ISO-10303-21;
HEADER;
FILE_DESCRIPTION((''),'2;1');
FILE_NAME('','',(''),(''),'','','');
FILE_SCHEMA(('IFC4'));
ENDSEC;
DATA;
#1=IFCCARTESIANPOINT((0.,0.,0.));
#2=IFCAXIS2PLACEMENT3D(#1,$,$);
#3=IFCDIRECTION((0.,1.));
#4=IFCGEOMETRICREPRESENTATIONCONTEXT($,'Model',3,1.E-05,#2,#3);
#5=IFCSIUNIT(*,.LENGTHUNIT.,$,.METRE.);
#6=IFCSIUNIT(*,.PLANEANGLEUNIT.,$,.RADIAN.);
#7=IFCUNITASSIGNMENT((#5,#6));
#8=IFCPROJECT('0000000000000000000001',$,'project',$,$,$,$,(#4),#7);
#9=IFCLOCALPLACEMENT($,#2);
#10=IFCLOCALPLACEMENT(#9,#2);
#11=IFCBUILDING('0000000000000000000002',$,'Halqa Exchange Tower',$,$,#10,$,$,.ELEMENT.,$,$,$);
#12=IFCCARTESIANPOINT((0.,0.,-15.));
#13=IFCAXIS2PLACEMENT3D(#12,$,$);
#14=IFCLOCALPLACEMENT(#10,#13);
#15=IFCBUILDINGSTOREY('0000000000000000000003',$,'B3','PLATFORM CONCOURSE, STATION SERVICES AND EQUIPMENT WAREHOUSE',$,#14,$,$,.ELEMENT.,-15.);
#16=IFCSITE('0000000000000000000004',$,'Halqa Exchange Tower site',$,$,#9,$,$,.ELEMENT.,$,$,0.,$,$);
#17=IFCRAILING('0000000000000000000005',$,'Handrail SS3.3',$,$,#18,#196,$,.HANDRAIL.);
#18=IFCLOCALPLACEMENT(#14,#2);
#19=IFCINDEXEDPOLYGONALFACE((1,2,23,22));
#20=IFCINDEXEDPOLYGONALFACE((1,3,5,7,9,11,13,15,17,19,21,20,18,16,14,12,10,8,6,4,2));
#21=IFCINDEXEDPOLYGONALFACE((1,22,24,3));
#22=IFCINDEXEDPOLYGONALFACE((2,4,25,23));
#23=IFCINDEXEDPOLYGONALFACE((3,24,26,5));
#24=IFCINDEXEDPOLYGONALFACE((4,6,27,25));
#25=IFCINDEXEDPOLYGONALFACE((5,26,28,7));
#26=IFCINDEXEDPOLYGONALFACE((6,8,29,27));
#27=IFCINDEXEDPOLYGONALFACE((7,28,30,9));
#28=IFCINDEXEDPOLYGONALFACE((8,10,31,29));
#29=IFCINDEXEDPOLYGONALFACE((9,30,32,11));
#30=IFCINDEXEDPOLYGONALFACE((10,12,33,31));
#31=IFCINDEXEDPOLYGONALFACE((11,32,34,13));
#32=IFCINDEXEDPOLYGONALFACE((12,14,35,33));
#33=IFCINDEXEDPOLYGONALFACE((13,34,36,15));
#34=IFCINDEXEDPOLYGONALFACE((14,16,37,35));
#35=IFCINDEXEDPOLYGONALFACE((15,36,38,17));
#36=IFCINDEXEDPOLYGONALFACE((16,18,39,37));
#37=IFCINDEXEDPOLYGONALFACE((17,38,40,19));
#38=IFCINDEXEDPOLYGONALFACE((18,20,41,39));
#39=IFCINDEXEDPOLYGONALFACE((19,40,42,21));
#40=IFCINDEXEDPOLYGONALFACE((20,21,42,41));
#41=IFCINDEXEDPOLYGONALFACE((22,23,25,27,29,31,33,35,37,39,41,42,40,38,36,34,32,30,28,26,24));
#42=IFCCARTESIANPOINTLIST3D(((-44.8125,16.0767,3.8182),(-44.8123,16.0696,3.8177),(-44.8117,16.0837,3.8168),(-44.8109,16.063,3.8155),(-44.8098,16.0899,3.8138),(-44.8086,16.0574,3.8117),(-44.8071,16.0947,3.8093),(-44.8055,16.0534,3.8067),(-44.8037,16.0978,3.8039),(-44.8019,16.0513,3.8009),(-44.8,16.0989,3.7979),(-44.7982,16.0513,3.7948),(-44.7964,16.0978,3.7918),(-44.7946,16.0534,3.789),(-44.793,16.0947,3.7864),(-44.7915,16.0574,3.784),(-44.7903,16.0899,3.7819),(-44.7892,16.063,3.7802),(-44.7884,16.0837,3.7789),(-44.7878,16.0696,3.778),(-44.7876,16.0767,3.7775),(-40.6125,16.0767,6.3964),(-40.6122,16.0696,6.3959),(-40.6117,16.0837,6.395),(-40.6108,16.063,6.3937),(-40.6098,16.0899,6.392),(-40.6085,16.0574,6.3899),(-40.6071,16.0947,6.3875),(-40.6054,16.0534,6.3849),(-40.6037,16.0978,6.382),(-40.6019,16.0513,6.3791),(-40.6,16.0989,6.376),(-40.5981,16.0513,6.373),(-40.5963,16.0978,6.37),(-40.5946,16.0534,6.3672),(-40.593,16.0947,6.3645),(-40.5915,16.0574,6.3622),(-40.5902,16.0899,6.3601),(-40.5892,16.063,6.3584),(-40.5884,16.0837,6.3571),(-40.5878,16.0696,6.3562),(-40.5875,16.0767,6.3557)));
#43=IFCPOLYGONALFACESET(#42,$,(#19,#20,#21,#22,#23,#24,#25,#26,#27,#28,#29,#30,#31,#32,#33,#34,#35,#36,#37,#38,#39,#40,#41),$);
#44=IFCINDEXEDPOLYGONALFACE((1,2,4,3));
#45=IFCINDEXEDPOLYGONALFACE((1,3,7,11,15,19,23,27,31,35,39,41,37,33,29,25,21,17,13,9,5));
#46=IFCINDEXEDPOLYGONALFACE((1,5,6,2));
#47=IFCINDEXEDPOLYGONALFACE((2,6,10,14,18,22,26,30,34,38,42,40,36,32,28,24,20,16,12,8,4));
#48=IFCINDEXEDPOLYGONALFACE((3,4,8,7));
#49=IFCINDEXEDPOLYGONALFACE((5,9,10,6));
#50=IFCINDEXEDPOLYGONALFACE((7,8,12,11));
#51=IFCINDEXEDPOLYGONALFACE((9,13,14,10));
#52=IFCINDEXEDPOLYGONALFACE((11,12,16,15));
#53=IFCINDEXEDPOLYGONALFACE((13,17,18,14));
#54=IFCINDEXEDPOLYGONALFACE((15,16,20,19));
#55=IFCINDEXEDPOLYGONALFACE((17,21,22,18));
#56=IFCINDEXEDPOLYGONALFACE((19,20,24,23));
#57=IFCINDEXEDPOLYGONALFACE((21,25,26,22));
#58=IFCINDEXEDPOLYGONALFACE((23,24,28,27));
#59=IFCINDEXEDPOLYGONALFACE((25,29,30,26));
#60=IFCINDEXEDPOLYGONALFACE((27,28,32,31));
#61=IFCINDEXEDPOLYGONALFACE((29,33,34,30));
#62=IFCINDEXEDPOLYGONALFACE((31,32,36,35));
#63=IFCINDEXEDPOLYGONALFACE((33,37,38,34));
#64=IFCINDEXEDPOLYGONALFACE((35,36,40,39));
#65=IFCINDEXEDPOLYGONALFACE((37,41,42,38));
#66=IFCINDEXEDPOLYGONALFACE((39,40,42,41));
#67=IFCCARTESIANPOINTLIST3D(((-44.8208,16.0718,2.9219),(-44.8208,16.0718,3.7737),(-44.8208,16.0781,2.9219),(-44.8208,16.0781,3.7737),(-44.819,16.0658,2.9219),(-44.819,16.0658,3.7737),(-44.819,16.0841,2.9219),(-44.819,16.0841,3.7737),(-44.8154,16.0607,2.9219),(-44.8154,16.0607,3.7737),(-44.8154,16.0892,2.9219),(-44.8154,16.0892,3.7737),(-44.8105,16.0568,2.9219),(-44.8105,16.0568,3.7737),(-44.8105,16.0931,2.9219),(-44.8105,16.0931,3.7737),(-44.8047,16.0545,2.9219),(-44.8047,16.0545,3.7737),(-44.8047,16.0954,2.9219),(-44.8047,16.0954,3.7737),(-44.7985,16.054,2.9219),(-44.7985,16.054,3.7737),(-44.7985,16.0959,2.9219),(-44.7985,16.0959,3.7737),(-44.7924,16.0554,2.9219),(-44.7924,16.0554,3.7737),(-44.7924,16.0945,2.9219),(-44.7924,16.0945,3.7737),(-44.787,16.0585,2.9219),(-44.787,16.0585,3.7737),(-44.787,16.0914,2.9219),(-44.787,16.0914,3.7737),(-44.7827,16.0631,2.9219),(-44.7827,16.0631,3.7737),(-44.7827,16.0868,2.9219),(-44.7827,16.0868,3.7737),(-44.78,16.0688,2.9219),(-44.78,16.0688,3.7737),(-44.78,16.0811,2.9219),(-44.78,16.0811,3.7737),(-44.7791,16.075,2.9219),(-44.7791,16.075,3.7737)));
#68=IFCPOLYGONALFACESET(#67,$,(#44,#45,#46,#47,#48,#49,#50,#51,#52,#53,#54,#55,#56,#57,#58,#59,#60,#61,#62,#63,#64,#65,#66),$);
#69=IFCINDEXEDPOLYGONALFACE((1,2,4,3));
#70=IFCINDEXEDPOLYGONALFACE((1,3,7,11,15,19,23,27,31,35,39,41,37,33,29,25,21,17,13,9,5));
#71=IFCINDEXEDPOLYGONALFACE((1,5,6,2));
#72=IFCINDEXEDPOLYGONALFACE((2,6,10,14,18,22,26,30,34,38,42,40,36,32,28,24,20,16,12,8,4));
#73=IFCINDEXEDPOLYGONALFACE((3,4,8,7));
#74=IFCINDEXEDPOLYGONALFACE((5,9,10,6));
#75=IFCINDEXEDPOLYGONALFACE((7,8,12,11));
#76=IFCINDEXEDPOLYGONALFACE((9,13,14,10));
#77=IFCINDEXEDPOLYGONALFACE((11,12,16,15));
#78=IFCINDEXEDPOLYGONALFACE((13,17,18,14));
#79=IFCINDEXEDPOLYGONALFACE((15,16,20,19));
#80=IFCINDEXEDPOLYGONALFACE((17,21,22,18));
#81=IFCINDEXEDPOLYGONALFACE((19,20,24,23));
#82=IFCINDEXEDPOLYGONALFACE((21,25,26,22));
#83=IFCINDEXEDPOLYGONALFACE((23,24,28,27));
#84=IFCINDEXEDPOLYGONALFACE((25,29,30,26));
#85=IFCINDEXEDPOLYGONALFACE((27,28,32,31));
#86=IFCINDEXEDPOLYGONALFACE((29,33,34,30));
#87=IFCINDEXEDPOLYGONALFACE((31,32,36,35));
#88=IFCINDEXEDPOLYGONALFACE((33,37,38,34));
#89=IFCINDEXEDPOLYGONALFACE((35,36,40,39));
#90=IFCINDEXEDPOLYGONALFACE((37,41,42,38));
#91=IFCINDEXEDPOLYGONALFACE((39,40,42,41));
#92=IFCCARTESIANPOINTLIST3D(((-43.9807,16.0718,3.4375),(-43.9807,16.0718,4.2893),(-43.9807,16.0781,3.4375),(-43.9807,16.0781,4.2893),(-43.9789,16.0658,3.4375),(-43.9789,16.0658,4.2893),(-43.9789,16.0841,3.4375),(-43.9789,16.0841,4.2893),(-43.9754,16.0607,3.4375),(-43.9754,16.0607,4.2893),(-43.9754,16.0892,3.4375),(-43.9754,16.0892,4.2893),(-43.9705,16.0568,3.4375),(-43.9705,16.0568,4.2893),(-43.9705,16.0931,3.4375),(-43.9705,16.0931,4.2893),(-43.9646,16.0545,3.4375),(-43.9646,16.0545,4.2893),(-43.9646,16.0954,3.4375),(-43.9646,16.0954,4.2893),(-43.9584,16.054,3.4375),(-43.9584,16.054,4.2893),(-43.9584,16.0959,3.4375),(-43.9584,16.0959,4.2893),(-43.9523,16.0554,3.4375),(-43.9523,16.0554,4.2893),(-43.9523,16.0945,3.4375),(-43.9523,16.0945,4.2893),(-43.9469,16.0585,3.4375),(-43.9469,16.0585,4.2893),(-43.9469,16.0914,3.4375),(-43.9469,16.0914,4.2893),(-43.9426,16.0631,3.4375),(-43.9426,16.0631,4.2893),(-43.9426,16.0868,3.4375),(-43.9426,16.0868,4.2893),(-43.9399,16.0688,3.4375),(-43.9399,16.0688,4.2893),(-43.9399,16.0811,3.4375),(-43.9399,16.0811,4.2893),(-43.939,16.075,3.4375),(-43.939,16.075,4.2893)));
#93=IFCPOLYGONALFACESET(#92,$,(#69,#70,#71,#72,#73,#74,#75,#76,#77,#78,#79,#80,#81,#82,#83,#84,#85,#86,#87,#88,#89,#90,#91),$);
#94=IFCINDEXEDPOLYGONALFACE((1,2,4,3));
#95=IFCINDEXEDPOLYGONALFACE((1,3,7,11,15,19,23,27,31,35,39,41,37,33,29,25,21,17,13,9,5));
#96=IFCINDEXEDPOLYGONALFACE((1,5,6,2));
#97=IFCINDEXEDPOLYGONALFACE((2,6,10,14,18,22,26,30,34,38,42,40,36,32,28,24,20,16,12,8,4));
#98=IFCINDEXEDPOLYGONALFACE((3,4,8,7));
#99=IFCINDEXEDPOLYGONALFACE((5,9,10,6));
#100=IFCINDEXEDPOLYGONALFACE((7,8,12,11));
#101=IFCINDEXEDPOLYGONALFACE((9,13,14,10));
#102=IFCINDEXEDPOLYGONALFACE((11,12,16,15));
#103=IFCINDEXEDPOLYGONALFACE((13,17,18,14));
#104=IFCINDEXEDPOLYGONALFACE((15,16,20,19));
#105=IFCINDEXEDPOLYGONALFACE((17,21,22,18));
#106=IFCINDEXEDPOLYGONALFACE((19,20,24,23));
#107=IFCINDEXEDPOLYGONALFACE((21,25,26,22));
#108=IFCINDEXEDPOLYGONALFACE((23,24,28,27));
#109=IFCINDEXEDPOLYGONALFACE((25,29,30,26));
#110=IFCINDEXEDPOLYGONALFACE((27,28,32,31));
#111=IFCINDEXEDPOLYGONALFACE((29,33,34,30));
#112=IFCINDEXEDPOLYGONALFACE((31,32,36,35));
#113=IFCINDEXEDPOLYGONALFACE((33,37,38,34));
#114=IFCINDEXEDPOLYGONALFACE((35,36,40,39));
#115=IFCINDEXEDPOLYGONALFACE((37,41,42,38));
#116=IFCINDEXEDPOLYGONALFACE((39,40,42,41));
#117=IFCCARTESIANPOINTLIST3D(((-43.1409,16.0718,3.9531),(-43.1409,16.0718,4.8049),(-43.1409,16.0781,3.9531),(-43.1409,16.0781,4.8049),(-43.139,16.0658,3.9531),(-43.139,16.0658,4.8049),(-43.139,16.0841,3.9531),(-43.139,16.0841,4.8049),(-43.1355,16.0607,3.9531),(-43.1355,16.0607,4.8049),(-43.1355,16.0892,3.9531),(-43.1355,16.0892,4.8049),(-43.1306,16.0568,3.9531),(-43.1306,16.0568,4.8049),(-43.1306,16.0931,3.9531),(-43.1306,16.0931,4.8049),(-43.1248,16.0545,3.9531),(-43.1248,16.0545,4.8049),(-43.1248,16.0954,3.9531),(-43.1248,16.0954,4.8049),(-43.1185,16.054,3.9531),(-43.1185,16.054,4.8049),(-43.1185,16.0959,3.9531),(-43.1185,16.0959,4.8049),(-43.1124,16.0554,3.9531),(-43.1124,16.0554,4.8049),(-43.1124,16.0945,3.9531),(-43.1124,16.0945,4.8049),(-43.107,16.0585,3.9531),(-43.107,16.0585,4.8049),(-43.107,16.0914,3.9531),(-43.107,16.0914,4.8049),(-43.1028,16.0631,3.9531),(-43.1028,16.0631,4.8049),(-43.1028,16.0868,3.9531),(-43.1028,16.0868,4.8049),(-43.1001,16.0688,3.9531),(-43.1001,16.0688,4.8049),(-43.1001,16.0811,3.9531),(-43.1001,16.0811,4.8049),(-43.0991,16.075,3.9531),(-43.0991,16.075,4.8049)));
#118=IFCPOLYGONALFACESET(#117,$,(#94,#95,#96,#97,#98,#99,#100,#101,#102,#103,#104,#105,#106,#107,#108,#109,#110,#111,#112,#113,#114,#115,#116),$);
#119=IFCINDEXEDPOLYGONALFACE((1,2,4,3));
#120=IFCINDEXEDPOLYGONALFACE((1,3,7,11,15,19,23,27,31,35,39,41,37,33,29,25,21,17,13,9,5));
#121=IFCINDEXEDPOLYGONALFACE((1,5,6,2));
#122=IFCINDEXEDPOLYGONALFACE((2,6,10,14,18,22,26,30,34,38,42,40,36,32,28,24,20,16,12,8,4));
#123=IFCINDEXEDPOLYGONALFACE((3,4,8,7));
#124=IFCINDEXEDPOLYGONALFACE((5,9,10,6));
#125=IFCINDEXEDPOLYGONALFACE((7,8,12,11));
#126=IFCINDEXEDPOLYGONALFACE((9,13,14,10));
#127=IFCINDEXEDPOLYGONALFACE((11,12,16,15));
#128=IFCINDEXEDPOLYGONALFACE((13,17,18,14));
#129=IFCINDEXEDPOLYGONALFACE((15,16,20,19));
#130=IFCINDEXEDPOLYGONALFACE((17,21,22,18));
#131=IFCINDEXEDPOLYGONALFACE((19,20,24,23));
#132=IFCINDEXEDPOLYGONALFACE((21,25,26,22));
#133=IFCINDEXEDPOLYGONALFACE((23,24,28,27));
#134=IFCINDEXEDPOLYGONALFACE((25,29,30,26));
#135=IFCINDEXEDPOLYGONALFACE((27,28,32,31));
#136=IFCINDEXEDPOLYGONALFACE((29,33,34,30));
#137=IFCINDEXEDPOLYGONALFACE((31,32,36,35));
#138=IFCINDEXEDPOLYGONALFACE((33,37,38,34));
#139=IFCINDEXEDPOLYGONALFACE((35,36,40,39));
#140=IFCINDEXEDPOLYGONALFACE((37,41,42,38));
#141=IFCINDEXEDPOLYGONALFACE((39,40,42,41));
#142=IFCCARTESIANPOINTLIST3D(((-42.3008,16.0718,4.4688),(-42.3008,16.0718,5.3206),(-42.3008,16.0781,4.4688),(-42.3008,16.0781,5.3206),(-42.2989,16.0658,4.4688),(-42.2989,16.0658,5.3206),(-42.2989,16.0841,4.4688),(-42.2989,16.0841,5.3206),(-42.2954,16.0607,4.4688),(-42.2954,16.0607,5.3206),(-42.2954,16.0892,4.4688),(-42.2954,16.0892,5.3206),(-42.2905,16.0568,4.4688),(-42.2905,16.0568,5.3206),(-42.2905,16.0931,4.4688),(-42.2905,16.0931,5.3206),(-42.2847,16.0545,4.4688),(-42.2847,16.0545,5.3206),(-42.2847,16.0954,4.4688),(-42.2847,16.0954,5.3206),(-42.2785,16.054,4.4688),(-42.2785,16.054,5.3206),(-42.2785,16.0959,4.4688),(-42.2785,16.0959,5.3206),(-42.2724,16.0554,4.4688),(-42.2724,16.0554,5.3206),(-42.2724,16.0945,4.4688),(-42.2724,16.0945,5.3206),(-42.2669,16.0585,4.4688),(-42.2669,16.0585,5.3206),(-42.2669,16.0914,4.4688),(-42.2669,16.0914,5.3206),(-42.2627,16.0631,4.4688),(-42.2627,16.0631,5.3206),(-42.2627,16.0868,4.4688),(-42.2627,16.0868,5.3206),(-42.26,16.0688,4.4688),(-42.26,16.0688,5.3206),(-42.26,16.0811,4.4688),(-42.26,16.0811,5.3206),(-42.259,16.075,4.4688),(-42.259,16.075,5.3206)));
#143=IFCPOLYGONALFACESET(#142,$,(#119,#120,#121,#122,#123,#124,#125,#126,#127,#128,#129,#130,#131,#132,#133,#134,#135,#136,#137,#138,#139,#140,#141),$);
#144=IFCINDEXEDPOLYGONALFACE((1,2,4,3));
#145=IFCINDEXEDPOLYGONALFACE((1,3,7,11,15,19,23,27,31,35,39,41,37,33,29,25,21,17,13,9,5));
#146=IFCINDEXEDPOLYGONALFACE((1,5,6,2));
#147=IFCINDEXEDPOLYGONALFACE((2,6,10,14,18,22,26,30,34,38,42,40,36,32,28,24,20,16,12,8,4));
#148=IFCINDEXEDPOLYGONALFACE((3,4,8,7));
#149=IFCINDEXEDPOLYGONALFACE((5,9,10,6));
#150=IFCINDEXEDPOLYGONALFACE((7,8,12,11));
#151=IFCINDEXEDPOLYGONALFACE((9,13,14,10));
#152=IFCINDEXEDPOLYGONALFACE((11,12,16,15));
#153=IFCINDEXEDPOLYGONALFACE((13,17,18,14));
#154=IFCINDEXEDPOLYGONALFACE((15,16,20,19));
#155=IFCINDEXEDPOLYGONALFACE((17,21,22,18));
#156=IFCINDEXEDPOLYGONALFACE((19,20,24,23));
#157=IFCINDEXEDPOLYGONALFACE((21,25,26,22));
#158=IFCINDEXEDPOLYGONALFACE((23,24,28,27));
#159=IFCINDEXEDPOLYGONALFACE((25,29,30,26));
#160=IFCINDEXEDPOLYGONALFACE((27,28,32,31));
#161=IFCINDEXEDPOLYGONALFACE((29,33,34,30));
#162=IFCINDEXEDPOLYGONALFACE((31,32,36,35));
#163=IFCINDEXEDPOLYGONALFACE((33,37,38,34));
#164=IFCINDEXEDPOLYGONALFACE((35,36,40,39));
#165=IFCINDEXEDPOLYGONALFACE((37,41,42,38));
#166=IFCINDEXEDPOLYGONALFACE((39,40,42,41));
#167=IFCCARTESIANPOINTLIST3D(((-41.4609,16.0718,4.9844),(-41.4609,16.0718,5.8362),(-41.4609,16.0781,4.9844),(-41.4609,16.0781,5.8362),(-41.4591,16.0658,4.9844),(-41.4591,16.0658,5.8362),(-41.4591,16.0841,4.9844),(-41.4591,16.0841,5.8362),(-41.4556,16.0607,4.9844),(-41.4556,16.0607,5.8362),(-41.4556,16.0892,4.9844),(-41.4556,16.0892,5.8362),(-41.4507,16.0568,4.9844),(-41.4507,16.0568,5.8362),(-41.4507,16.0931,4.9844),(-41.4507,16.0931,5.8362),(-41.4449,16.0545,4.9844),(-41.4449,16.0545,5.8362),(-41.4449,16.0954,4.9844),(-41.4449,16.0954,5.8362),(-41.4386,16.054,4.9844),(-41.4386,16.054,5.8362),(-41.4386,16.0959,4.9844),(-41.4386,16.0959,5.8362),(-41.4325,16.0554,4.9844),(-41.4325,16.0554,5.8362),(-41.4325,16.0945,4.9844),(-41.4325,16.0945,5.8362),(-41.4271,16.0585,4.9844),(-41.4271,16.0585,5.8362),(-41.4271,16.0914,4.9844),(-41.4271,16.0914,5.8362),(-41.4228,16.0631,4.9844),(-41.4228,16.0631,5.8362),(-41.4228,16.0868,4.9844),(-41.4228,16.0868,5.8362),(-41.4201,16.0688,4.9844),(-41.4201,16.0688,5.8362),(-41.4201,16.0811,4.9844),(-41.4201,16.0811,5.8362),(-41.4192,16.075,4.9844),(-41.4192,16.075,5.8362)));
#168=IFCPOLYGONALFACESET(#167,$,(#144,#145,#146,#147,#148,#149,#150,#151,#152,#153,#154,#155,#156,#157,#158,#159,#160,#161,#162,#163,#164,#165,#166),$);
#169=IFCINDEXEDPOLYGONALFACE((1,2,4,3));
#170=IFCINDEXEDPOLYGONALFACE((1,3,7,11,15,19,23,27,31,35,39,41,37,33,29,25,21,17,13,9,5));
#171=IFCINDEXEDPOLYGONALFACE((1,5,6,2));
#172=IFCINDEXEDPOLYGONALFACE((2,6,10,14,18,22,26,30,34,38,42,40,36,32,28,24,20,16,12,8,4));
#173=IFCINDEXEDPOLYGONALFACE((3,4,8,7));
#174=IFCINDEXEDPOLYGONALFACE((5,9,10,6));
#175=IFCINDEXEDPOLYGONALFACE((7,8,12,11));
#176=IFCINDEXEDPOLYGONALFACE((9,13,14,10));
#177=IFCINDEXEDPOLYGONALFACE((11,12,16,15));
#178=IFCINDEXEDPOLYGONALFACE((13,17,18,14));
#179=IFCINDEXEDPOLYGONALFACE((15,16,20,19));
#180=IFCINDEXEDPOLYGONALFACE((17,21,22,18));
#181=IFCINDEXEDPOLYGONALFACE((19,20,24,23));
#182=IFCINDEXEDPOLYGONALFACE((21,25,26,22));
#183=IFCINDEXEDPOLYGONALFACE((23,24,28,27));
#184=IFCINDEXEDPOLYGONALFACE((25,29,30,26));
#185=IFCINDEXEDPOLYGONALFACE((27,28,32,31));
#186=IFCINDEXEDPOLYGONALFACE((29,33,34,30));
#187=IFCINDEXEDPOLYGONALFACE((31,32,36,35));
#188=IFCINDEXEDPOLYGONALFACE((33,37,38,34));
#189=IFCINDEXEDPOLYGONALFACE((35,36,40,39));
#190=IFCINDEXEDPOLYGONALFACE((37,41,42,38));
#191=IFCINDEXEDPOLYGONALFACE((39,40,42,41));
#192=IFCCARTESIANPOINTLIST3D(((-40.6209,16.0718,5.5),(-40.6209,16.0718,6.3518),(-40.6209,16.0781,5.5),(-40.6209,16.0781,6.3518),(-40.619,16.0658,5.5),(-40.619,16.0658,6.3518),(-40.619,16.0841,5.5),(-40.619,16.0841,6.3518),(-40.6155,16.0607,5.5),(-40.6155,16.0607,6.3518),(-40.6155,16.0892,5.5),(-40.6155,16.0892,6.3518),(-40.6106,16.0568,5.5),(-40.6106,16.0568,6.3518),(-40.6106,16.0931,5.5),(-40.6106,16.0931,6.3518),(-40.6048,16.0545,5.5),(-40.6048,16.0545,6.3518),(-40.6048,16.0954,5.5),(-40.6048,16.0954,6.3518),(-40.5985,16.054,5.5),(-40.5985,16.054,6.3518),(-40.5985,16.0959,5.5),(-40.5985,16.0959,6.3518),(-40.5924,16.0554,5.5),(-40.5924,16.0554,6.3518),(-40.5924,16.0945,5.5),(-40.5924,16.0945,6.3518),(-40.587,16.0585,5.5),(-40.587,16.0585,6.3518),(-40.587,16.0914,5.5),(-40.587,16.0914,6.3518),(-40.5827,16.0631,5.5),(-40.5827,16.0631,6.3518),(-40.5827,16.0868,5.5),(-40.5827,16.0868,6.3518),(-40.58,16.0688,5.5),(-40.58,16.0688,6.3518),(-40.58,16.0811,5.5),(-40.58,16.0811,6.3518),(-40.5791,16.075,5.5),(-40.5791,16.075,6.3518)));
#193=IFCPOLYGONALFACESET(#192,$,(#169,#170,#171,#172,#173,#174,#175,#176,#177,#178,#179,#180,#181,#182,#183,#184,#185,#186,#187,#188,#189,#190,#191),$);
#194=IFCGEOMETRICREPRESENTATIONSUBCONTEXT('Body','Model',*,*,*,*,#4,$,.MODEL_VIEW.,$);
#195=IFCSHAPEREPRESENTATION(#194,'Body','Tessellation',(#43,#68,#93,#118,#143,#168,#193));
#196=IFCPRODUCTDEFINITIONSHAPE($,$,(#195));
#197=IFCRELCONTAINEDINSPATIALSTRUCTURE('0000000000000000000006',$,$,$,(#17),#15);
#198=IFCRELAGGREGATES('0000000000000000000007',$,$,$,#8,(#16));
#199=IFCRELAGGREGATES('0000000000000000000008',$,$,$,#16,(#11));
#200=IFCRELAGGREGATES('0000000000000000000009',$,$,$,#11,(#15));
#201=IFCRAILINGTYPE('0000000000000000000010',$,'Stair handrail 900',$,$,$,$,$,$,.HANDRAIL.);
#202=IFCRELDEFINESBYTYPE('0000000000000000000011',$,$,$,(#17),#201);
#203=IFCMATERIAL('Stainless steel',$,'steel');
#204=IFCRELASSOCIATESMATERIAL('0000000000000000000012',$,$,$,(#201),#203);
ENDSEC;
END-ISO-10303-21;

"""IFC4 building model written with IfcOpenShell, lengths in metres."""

from ifc_helpers import new_model, si_unit, direction, frame, origin, origin_2d, place, context, subcontext, project, spatial, circle, extrude, material, type_object, element, save


model = new_model("IFC4")

# Units and contexts
model_context = context("Model", 3, precision=1e-05, world=origin(), true_north=direction((0.0, 1.0)))
body_context = subcontext(model_context, "Body", "Model", "MODEL_VIEW")
ifc_project = project(units=[si_unit("LENGTHUNIT", "METRE"), si_unit("PLANEANGLEUNIT", "RADIAN")], contexts=[model_context])

# Site, building, storey
site_placement = place(None, origin())
site = spatial("IfcSite", under=ifc_project, at=site_placement, Name="Halqa Exchange Tower site", CompositionType="ELEMENT", RefElevation=0.0)
building_placement = place(site_placement, origin())
building = spatial("IfcBuilding", under=site, at=building_placement, Name="Halqa Exchange Tower", CompositionType="ELEMENT")
storey_placement = place(building_placement, frame((0.0, 0.0, -15.0)))
storey = spatial("IfcBuildingStorey", under=building, at=storey_placement, Name="B3", Description="PLATFORM CONCOURSE, STATION SERVICES AND EQUIPMENT WAREHOUSE", CompositionType="ELEMENT", Elevation=-15.0)

# Railing
ifc_material_1 = material(Name="Stainless steel", Category="steel")
railing_type = type_object("IfcRailingType", Name="Stair handrail 900", PredefinedType="HANDRAIL", material=ifc_material_1)
railing_placement = place(storey_placement, frame((-44.8, 16.075, 2.9219)))
element("IfcRailing", 1, at=railing_placement, inside=storey, type_object=railing_type, Name="Handrail SS3.3", PredefinedType="HANDRAIL", context=body_context, shape_type="SweptSolid", body=[
    extrude(circle(Radius=0.0239, at=origin_2d()), frame((0.0, 0.0, 0.876), z_axis=(0.852243, 0.0, 0.523146), x_axis=(0.0, 1.0, 0.0)), (0.0, 0.0, 1.0), 4.9282),
    extrude(circle(Radius=0.021, at=origin_2d()), origin(), (0.0, 0.0, 1.0), 0.8518),
    extrude(circle(Radius=0.021, at=origin_2d()), frame((0.8401, 0.0, 0.5156)), (0.0, 0.0, 1.0), 0.8518),
    extrude(circle(Radius=0.021, at=origin_2d()), frame((1.6799, 0.0, 1.0312)), (0.0, 0.0, 1.0), 0.8518),
    extrude(circle(Radius=0.021, at=origin_2d()), frame((2.52, 0.0, 1.5469)), (0.0, 0.0, 1.0), 0.8518),
    extrude(circle(Radius=0.021, at=origin_2d()), frame((3.3599, 0.0, 2.0625)), (0.0, 0.0, 1.0), 0.8518),
    extrude(circle(Radius=0.021, at=origin_2d()), frame((4.2, 0.0, 2.5781)), (0.0, 0.0, 1.0), 0.8518),
])

save(model, "model.ifc")
